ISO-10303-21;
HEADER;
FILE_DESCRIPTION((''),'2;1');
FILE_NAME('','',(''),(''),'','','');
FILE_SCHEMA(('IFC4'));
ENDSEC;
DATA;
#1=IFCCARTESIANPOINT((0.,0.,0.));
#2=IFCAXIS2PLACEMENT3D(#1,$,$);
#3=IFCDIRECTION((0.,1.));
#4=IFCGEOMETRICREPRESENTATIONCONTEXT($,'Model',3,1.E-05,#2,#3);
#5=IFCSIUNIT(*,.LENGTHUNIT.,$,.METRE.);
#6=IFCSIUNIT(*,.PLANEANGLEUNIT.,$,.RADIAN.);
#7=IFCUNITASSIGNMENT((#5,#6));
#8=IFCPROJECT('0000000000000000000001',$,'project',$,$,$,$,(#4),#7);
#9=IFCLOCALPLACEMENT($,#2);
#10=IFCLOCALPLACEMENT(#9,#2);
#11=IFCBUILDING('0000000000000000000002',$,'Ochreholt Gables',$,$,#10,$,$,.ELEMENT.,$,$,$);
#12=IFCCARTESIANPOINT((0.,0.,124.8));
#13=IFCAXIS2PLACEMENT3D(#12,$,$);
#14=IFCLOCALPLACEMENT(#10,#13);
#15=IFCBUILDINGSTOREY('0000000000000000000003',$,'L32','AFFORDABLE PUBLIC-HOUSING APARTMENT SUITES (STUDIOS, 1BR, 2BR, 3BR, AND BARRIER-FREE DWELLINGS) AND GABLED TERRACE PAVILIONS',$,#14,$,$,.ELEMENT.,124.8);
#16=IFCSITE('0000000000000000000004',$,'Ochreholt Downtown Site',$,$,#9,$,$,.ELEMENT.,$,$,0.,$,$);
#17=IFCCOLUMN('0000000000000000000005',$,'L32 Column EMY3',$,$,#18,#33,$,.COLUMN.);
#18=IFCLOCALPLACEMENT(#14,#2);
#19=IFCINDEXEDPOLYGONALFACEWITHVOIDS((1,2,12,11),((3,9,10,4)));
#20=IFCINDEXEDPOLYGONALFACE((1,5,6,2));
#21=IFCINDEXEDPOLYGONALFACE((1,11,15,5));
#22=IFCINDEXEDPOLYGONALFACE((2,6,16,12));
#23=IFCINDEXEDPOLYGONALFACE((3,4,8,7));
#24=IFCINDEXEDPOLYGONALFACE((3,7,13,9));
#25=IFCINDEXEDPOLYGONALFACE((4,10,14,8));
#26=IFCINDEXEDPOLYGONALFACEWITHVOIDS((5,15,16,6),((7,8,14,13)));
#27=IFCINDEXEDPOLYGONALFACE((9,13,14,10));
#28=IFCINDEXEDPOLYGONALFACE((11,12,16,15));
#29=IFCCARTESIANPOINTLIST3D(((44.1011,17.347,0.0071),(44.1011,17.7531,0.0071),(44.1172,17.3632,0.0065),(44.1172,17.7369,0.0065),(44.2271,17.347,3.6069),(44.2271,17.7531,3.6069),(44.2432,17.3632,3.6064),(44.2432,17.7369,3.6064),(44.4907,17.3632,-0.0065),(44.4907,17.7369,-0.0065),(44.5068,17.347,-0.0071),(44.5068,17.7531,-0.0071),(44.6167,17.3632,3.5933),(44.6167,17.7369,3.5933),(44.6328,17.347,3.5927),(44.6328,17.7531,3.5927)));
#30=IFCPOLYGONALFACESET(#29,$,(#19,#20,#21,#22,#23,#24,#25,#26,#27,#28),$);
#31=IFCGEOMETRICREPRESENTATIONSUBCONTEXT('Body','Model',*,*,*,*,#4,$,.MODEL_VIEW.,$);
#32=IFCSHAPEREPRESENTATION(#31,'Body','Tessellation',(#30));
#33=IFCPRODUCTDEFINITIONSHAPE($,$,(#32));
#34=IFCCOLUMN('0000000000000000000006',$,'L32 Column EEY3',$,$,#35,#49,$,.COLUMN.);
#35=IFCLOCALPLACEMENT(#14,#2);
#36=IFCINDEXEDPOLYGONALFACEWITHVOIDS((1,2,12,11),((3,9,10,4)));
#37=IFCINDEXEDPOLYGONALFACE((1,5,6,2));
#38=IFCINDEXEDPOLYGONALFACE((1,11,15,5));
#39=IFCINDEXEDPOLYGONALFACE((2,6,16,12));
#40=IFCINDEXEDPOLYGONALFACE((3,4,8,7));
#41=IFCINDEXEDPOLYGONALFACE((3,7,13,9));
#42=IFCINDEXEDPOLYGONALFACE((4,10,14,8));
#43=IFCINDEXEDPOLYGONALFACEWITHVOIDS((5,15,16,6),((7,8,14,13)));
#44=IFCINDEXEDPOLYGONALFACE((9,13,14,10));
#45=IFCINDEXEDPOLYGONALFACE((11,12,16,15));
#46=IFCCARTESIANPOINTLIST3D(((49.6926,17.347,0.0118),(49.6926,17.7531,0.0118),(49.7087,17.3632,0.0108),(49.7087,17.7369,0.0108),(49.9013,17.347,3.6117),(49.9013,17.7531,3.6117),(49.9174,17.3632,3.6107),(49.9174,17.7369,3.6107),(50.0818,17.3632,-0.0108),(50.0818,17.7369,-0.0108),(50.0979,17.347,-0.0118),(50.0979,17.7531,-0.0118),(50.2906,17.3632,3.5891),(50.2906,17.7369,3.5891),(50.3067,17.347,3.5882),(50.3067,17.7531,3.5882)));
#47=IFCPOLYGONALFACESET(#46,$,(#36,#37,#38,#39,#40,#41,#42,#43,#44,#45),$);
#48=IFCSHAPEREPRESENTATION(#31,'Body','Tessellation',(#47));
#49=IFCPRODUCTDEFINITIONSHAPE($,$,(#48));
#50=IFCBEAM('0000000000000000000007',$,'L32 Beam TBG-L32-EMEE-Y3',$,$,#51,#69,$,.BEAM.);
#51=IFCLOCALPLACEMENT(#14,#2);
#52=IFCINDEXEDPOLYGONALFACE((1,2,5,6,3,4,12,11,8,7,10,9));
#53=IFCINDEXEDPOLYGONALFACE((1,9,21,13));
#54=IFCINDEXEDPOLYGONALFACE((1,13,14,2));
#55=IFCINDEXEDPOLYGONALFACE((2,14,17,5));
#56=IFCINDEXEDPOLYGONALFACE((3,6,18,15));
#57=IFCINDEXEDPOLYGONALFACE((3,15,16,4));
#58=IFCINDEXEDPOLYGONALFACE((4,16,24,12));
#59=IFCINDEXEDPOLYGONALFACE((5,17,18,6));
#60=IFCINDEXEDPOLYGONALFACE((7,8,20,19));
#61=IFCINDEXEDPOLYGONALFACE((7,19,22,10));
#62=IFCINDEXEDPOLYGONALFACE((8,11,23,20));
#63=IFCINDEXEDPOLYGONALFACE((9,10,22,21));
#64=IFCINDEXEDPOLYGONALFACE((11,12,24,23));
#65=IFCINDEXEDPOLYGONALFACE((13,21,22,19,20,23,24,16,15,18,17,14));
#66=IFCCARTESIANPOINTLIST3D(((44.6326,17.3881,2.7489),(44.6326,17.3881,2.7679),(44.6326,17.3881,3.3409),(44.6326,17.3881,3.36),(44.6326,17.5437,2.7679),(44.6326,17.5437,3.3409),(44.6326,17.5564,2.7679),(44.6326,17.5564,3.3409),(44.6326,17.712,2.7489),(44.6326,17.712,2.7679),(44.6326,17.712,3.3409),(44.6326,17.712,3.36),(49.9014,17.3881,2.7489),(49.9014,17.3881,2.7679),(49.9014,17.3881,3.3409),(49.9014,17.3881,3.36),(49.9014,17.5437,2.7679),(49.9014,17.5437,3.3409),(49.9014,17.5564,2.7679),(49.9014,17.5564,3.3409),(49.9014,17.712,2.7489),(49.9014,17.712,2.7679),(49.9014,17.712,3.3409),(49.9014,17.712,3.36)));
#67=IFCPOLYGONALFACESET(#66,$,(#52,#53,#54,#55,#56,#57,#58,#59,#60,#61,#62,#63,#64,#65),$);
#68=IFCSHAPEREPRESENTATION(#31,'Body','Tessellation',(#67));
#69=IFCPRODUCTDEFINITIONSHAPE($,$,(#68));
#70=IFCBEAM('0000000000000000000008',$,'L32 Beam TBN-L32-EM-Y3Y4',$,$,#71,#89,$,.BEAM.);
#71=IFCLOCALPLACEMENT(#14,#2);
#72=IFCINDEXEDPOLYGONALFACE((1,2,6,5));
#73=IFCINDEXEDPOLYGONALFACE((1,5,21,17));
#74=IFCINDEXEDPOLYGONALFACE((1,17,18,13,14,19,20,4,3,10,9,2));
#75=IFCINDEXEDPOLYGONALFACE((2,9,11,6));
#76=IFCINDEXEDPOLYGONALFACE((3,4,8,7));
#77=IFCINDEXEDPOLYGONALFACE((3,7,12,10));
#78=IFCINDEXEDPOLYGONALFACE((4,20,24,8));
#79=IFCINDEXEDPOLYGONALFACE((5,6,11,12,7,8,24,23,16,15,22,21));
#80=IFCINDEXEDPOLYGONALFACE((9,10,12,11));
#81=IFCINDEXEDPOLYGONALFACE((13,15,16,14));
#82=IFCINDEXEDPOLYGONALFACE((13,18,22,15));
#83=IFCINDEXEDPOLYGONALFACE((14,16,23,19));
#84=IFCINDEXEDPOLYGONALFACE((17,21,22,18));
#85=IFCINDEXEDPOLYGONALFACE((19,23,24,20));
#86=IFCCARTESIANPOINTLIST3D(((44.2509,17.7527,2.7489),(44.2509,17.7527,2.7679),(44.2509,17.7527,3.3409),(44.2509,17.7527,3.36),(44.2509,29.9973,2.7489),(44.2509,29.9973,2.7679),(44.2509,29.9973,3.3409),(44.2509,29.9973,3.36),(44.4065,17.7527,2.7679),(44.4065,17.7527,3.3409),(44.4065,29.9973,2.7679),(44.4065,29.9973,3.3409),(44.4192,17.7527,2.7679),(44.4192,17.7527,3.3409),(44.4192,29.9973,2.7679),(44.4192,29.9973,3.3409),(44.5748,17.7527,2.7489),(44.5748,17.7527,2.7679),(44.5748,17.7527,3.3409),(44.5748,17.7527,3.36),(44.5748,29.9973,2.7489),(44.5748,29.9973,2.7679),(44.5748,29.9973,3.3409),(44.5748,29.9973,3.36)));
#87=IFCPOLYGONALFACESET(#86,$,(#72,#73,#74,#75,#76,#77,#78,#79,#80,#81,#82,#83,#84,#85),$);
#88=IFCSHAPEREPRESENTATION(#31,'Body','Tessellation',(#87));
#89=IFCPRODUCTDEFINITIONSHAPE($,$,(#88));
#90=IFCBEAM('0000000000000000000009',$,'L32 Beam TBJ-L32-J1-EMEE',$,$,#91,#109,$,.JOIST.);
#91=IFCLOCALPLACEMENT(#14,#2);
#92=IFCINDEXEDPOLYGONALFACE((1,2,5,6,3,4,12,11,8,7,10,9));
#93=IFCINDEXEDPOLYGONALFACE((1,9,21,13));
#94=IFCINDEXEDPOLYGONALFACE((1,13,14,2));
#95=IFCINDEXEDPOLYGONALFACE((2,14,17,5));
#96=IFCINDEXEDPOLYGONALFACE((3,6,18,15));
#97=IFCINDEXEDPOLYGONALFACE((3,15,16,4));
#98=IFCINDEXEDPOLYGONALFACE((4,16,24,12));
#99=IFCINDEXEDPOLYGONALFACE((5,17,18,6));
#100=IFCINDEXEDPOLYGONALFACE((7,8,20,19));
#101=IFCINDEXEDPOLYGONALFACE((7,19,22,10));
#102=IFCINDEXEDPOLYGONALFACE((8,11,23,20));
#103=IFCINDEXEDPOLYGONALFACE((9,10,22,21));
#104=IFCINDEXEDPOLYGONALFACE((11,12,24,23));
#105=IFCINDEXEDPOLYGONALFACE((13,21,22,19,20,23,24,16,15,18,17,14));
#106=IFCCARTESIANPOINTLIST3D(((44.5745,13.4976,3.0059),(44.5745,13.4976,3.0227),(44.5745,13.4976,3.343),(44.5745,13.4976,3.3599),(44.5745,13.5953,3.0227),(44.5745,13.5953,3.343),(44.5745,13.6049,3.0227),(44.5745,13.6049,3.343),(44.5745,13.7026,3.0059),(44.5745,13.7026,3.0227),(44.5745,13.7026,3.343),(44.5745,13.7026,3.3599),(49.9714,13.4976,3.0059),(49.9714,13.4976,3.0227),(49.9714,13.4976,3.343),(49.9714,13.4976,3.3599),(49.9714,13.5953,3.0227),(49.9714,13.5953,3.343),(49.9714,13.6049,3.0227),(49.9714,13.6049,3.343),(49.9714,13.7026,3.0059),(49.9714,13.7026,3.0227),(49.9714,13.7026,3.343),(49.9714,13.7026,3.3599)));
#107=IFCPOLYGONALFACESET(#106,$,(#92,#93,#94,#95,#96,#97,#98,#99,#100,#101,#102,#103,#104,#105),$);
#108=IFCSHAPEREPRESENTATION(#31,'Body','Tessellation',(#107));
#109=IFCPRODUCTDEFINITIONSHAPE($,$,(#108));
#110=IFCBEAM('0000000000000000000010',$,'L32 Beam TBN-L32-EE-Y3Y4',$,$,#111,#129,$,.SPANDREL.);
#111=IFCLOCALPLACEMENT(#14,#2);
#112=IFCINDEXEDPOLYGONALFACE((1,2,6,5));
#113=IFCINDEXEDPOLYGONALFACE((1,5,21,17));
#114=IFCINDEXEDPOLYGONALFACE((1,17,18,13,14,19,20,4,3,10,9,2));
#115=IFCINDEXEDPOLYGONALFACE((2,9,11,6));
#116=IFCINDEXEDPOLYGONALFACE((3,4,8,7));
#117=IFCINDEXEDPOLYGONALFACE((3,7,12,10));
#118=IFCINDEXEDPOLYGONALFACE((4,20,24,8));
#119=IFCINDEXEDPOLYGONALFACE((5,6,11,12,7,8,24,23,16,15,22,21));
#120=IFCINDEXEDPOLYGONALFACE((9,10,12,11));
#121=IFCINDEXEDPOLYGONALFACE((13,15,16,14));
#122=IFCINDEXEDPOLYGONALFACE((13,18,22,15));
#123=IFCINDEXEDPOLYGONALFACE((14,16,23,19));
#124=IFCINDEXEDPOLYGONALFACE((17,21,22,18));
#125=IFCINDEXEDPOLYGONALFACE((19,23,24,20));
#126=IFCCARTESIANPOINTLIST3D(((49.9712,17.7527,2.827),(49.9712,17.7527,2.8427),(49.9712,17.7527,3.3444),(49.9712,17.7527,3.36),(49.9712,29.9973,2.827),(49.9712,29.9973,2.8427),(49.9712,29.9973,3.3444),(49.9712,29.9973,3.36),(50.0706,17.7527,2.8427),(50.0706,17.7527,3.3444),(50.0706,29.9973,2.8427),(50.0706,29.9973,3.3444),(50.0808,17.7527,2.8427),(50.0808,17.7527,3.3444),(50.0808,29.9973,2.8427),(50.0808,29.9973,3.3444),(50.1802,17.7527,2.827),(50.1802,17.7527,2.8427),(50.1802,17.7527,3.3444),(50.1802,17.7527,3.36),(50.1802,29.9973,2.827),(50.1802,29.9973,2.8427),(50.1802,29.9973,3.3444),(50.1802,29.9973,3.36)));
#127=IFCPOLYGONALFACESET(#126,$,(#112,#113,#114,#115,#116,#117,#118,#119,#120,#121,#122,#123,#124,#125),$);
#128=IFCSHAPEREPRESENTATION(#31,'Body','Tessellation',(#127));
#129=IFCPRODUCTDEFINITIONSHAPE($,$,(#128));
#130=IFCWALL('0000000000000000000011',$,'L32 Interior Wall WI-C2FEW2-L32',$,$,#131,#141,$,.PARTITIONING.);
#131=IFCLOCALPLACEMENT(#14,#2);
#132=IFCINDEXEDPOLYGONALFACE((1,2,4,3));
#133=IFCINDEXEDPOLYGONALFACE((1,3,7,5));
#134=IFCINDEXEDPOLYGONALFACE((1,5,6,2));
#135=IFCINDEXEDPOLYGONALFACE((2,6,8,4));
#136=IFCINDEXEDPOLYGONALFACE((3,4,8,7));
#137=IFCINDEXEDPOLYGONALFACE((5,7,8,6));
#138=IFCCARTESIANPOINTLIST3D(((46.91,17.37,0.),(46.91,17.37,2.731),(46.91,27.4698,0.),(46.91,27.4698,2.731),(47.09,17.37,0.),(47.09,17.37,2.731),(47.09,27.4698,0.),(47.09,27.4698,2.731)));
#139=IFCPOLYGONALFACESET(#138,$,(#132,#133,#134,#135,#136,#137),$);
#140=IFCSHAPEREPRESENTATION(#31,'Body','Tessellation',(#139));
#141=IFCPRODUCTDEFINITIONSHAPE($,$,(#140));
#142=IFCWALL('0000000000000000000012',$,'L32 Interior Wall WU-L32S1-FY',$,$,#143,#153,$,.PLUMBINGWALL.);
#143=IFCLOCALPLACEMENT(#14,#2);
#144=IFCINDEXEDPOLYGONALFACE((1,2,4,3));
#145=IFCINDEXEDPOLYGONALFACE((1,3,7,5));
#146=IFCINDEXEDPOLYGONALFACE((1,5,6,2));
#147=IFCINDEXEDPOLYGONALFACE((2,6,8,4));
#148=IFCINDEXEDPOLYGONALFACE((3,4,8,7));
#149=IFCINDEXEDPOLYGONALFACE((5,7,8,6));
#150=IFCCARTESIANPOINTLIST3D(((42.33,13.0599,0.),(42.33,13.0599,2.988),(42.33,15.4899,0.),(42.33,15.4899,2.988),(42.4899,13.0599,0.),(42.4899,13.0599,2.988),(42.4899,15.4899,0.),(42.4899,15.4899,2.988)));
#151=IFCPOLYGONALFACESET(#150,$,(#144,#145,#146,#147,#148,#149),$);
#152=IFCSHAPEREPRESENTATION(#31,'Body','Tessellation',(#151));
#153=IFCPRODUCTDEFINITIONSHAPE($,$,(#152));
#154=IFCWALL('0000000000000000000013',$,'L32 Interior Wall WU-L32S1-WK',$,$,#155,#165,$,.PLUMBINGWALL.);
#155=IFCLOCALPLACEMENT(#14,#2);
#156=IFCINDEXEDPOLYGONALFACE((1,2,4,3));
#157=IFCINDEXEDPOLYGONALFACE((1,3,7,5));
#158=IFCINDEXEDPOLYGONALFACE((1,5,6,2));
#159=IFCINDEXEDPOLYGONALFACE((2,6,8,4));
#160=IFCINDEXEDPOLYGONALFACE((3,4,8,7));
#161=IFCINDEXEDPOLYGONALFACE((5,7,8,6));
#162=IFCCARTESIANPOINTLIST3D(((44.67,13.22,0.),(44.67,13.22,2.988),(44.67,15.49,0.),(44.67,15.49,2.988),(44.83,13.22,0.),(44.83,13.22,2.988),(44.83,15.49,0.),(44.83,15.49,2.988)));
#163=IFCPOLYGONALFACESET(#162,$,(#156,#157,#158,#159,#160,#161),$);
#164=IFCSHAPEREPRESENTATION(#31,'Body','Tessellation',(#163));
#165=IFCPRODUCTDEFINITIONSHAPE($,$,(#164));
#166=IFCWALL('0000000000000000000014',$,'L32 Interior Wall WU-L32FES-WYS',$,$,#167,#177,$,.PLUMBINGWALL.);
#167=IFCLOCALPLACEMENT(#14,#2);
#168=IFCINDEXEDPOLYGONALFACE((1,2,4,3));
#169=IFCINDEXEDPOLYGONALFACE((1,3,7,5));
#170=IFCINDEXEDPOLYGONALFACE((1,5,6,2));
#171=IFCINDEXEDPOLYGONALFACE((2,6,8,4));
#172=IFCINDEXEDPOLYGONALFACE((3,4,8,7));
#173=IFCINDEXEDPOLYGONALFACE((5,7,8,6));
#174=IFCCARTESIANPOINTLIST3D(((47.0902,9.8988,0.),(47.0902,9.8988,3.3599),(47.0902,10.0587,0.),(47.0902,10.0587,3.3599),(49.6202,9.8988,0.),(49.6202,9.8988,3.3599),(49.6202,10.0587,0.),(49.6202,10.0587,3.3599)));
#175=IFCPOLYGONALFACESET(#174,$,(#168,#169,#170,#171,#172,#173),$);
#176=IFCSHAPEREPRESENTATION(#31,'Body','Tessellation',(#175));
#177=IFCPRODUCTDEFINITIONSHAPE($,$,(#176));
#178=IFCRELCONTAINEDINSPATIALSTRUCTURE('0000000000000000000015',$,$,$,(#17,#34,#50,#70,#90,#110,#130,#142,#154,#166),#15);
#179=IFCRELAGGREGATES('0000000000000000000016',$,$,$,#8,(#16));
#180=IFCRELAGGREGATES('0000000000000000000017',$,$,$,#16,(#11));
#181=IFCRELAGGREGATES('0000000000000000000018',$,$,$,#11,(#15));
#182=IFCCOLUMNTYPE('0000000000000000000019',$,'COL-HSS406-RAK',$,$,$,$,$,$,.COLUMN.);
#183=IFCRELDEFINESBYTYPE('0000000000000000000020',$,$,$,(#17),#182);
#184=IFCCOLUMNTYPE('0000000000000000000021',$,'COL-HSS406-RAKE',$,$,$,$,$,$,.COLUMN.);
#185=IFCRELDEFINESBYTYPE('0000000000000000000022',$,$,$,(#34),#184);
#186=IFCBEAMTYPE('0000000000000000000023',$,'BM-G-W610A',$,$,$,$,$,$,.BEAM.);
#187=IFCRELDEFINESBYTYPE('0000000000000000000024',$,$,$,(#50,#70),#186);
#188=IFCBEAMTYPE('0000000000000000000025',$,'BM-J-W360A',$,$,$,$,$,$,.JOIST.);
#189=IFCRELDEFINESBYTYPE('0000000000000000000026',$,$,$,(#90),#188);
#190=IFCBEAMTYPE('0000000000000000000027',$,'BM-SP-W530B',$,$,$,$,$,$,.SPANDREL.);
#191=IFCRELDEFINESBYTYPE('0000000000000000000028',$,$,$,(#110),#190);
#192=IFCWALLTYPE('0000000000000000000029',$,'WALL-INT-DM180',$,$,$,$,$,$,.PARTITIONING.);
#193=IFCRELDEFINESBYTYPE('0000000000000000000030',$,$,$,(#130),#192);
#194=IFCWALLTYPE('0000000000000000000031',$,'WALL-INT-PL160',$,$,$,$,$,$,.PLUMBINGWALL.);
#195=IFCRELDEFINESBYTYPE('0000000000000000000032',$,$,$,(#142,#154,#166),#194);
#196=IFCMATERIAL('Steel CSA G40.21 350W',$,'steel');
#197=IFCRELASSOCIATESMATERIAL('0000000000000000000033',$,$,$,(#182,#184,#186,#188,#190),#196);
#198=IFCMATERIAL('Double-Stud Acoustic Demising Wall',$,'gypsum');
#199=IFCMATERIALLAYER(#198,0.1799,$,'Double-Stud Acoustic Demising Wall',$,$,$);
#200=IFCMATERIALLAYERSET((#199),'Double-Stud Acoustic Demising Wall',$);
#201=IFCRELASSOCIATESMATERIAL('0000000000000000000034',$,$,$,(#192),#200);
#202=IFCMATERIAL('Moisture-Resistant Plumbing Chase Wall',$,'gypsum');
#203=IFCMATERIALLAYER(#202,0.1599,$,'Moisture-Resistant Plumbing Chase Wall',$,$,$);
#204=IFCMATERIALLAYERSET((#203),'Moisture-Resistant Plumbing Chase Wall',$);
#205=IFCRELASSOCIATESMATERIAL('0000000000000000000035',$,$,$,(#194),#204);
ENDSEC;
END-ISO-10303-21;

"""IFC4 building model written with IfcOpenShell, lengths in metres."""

from ifc_helpers import new_model, si_unit, direction, frame, frame_2d, origin, origin_2d, place, context, subcontext, project, spatial, rectangle, hollow_rectangle, i_section, extrude, material, layer, layer_set, material_profile, profile_set, type_object, element, save


model = new_model("IFC4")

# Units and contexts
model_context = context("Model", 3, precision=1e-05, world=origin(), true_north=direction((0.0, 1.0)))
body_context = subcontext(model_context, "Body", "Model", "MODEL_VIEW")
ifc_project = project(units=[si_unit("LENGTHUNIT", "METRE"), si_unit("PLANEANGLEUNIT", "RADIAN")], contexts=[model_context])

# Site, building, storey
site_placement = place(None, origin())
site = spatial("IfcSite", under=ifc_project, at=site_placement, Name="Ochreholt Downtown Site", CompositionType="ELEMENT", RefElevation=0.0)
building_placement = place(site_placement, origin())
building = spatial("IfcBuilding", under=site, at=building_placement, Name="Ochreholt Gables", CompositionType="ELEMENT")
storey_placement = place(building_placement, frame((0.0, 0.0, 124.8)))
storey = spatial("IfcBuildingStorey", under=building, at=storey_placement, Name="L32", Description="AFFORDABLE PUBLIC-HOUSING APARTMENT SUITES (STUDIOS, 1BR, 2BR, 3BR, AND BARRIER-FREE DWELLINGS) AND GABLED TERRACE PAVILIONS", CompositionType="ELEMENT", Elevation=124.8)

# Columns
ifc_material_1 = material(Name="Steel CSA G40.21 350W", Category="steel")
ifc_material_profile_1 = material_profile(ifc_material_1, hollow_rectangle(XDim=0.406, YDim=0.406, WallThickness=0.0161, at=origin_2d()), Name="HSS406X406X16")
ifc_profile_set_1 = profile_set([ifc_material_profile_1], Name="Steel CSA G40.21 350W")
column_type_1 = type_object("IfcColumnType", Name="COL-HSS406-RAK", PredefinedType="COLUMN", material=ifc_profile_set_1)
column_1_placement = place(storey_placement, frame((44.304, 17.55, 0.0), z_axis=(0.034974, 0.0, 0.999388), x_axis=(0.0, 1.0, 0.0)))
element("IfcColumn", 1, at=column_1_placement, inside=storey, type_object=column_type_1, Name="L32 Column EMY3", PredefinedType="COLUMN", context=body_context, shape_type="SweptSolid", body=[
    extrude(hollow_rectangle(XDim=0.406, YDim=0.406, WallThickness=0.0161, at=origin_2d()), origin(), (0.0, 0.0, 1.0), 3.6021),
])
ifc_material_profile_2 = material_profile(ifc_material_1, hollow_rectangle(XDim=0.406, YDim=0.406, WallThickness=0.0161, at=origin_2d()), Name="HSS406X406X16")
ifc_profile_set_2 = profile_set([ifc_material_profile_2], Name="Steel CSA G40.21 350W")
column_type_2 = type_object("IfcColumnType", Name="COL-HSS406-RAKE", PredefinedType="COLUMN", material=ifc_profile_set_2)
column_2_placement = place(storey_placement, frame((49.8953, 17.55, 0.0), z_axis=(0.057889, 0.0, 0.998323), x_axis=(0.0, 1.0, 0.0)))
element("IfcColumn", 2, at=column_2_placement, inside=storey, type_object=column_type_2, Name="L32 Column EEY3", PredefinedType="COLUMN", context=body_context, shape_type="SweptSolid", body=[
    extrude(hollow_rectangle(XDim=0.406, YDim=0.406, WallThickness=0.0161, at=origin_2d()), origin(), (0.0, 0.0, 1.0), 3.606),
])

# Beams
ifc_material_profile_3 = material_profile(ifc_material_1, i_section(OverallWidth=0.324, OverallDepth=0.6111, WebThickness=0.0127, FlangeThickness=0.019, at=origin_2d()), Name="W610X155")
ifc_profile_set_3 = profile_set([ifc_material_profile_3], Name="Steel CSA G40.21 350W")
beam_type_1 = type_object("IfcBeamType", Name="BM-G-W610A", PredefinedType="BEAM", material=ifc_profile_set_3)
beam_1_placement = place(storey_placement, frame((44.6326, 17.55, 3.0544), z_axis=(1.0, 0.0, 0.0), x_axis=(0.0, 1.0, 0.0)))
element("IfcBeam", 3, at=beam_1_placement, inside=storey, type_object=beam_type_1, Name="L32 Beam TBG-L32-EMEE-Y3", PredefinedType="BEAM", context=body_context, shape_type="SweptSolid", body=[
    extrude(i_section(OverallWidth=0.324, OverallDepth=0.6111, WebThickness=0.0127, FlangeThickness=0.019, at=origin_2d()), origin(), (0.0, 0.0, 1.0), 5.2688),
])
beam_2_placement = place(storey_placement, frame((44.4128, 17.7527, 3.0544), z_axis=(0.0, 1.0, 0.0), x_axis=(-1.0, 0.0, 0.0)))
element("IfcBeam", 4, at=beam_2_placement, inside=storey, type_object=beam_type_1, Name="L32 Beam TBN-L32-EM-Y3Y4", PredefinedType="BEAM", context=body_context, shape_type="SweptSolid", body=[
    extrude(i_section(OverallWidth=0.324, OverallDepth=0.6111, WebThickness=0.0127, FlangeThickness=0.019, at=origin_2d()), origin(), (0.0, 0.0, 1.0), 12.2446),
])
ifc_material_profile_4 = material_profile(ifc_material_1, i_section(OverallWidth=0.2051, OverallDepth=0.354, WebThickness=0.0095, FlangeThickness=0.0168, at=origin_2d()), Name="W360X79")
ifc_profile_set_4 = profile_set([ifc_material_profile_4], Name="Steel CSA G40.21 350W")
beam_type_2 = type_object("IfcBeamType", Name="BM-J-W360A", PredefinedType="JOIST", material=ifc_profile_set_4)
beam_3_placement = place(storey_placement, frame((44.5745, 13.6001, 3.1829), z_axis=(1.0, 0.0, 0.0), x_axis=(0.0, 1.0, 0.0)))
element("IfcBeam", 5, at=beam_3_placement, inside=storey, type_object=beam_type_2, Name="L32 Beam TBJ-L32-J1-EMEE", PredefinedType="JOIST", context=body_context, shape_type="SweptSolid", body=[
    extrude(i_section(OverallWidth=0.2051, OverallDepth=0.354, WebThickness=0.0095, FlangeThickness=0.0168, at=origin_2d()), origin(), (0.0, 0.0, 1.0), 5.397),
])
ifc_material_profile_5 = material_profile(ifc_material_1, i_section(OverallWidth=0.209, OverallDepth=0.533, WebThickness=0.0103, FlangeThickness=0.0156, at=origin_2d()), Name="W530X92")
ifc_profile_set_5 = profile_set([ifc_material_profile_5], Name="Steel CSA G40.21 350W")
beam_type_3 = type_object("IfcBeamType", Name="BM-SP-W530B", PredefinedType="SPANDREL", material=ifc_profile_set_5)
beam_4_placement = place(storey_placement, frame((50.0757, 17.7527, 3.0935), z_axis=(0.0, 1.0, 0.0), x_axis=(-1.0, 0.0, 0.0)))
element("IfcBeam", 6, at=beam_4_placement, inside=storey, type_object=beam_type_3, Name="L32 Beam TBN-L32-EE-Y3Y4", PredefinedType="SPANDREL", context=body_context, shape_type="SweptSolid", body=[
    extrude(i_section(OverallWidth=0.209, OverallDepth=0.533, WebThickness=0.0103, FlangeThickness=0.0156, at=origin_2d()), origin(), (0.0, 0.0, 1.0), 12.2446),
])

# Wall
ifc_material_2 = material(Name="Double-Stud Acoustic Demising Wall", Category="gypsum")
ifc_layer_1 = layer(ifc_material_2, 0.1799, Name="Double-Stud Acoustic Demising Wall")
ifc_layer_set_1 = layer_set([ifc_layer_1], Name="Double-Stud Acoustic Demising Wall")
wall_type_1 = type_object("IfcWallType", Name="WALL-INT-DM180", PredefinedType="PARTITIONING", material=ifc_layer_set_1)
wall_1_placement = place(storey_placement, frame((47.0, 17.3701, 0.0), z_axis=(0.0, 0.0, 1.0), x_axis=(0.0, 1.0, 0.0)))
element("IfcWall", 7, at=wall_1_placement, inside=storey, type_object=wall_type_1, Name="L32 Interior Wall WI-C2FEW2-L32", PredefinedType="PARTITIONING", context=body_context, shape_type="SweptSolid", body=[
    extrude(rectangle(XDim=10.0999, YDim=0.1799, at=frame_2d((5.0498, 0.0))), origin(), (0.0, 0.0, 1.0), 2.731),
])

# Shared definitions
ifc_material_3 = material(Name="Moisture-Resistant Plumbing Chase Wall", Category="gypsum")
ifc_layer_2 = layer(ifc_material_3, 0.1599, Name="Moisture-Resistant Plumbing Chase Wall")
ifc_layer_set_2 = layer_set([ifc_layer_2], Name="Moisture-Resistant Plumbing Chase Wall")
wall_type_2 = type_object("IfcWallType", Name="WALL-INT-PL160", PredefinedType="PLUMBINGWALL", material=ifc_layer_set_2)

# Walls
wall_2_placement = place(storey_placement, frame((42.4099, 13.0601, 0.0), z_axis=(0.0, 0.0, 1.0), x_axis=(0.0, 1.0, 0.0)))
element("IfcWall", 8, at=wall_2_placement, inside=storey, type_object=wall_type_2, Name="L32 Interior Wall WU-L32S1-FY", PredefinedType="PLUMBINGWALL", context=body_context, shape_type="SweptSolid", body=[
    extrude(rectangle(XDim=2.4299, YDim=0.1599, at=frame_2d((1.2148, 0.0))), origin(), (0.0, 0.0, 1.0), 2.988),
])
wall_3_placement = place(storey_placement, frame((44.75, 13.22, 0.0), z_axis=(0.0, 0.0, 1.0), x_axis=(0.0, 1.0, 0.0)))
element("IfcWall", 9, at=wall_3_placement, inside=storey, type_object=wall_type_2, Name="L32 Interior Wall WU-L32S1-WK", PredefinedType="PLUMBINGWALL", context=body_context, shape_type="SweptSolid", body=[
    extrude(rectangle(XDim=2.27, YDim=0.1599, at=frame_2d((1.135, 0.0))), origin(), (0.0, 0.0, 1.0), 2.988),
])
for number, where, z_axis, x_axis, name in (
    (10, (47.0901, 9.9788, 0.0), (0.0, 0.0, 1.0), (1.0, 0.0, 0.0), "L32 Interior Wall WU-L32FES-WYS"),
):
    element("IfcWall", number, at=place(storey_placement, frame(where, z_axis=z_axis, x_axis=x_axis)), inside=storey, type_object=wall_type_2, Name=name, PredefinedType="PLUMBINGWALL", context=body_context, shape_type="SweptSolid", body=[
        extrude(rectangle(XDim=2.53, YDim=0.1599, at=frame_2d((1.2651, 0.0))), origin(), (0.0, 0.0, 1.0), 3.3599),
    ])

save(model, "model.ifc")
